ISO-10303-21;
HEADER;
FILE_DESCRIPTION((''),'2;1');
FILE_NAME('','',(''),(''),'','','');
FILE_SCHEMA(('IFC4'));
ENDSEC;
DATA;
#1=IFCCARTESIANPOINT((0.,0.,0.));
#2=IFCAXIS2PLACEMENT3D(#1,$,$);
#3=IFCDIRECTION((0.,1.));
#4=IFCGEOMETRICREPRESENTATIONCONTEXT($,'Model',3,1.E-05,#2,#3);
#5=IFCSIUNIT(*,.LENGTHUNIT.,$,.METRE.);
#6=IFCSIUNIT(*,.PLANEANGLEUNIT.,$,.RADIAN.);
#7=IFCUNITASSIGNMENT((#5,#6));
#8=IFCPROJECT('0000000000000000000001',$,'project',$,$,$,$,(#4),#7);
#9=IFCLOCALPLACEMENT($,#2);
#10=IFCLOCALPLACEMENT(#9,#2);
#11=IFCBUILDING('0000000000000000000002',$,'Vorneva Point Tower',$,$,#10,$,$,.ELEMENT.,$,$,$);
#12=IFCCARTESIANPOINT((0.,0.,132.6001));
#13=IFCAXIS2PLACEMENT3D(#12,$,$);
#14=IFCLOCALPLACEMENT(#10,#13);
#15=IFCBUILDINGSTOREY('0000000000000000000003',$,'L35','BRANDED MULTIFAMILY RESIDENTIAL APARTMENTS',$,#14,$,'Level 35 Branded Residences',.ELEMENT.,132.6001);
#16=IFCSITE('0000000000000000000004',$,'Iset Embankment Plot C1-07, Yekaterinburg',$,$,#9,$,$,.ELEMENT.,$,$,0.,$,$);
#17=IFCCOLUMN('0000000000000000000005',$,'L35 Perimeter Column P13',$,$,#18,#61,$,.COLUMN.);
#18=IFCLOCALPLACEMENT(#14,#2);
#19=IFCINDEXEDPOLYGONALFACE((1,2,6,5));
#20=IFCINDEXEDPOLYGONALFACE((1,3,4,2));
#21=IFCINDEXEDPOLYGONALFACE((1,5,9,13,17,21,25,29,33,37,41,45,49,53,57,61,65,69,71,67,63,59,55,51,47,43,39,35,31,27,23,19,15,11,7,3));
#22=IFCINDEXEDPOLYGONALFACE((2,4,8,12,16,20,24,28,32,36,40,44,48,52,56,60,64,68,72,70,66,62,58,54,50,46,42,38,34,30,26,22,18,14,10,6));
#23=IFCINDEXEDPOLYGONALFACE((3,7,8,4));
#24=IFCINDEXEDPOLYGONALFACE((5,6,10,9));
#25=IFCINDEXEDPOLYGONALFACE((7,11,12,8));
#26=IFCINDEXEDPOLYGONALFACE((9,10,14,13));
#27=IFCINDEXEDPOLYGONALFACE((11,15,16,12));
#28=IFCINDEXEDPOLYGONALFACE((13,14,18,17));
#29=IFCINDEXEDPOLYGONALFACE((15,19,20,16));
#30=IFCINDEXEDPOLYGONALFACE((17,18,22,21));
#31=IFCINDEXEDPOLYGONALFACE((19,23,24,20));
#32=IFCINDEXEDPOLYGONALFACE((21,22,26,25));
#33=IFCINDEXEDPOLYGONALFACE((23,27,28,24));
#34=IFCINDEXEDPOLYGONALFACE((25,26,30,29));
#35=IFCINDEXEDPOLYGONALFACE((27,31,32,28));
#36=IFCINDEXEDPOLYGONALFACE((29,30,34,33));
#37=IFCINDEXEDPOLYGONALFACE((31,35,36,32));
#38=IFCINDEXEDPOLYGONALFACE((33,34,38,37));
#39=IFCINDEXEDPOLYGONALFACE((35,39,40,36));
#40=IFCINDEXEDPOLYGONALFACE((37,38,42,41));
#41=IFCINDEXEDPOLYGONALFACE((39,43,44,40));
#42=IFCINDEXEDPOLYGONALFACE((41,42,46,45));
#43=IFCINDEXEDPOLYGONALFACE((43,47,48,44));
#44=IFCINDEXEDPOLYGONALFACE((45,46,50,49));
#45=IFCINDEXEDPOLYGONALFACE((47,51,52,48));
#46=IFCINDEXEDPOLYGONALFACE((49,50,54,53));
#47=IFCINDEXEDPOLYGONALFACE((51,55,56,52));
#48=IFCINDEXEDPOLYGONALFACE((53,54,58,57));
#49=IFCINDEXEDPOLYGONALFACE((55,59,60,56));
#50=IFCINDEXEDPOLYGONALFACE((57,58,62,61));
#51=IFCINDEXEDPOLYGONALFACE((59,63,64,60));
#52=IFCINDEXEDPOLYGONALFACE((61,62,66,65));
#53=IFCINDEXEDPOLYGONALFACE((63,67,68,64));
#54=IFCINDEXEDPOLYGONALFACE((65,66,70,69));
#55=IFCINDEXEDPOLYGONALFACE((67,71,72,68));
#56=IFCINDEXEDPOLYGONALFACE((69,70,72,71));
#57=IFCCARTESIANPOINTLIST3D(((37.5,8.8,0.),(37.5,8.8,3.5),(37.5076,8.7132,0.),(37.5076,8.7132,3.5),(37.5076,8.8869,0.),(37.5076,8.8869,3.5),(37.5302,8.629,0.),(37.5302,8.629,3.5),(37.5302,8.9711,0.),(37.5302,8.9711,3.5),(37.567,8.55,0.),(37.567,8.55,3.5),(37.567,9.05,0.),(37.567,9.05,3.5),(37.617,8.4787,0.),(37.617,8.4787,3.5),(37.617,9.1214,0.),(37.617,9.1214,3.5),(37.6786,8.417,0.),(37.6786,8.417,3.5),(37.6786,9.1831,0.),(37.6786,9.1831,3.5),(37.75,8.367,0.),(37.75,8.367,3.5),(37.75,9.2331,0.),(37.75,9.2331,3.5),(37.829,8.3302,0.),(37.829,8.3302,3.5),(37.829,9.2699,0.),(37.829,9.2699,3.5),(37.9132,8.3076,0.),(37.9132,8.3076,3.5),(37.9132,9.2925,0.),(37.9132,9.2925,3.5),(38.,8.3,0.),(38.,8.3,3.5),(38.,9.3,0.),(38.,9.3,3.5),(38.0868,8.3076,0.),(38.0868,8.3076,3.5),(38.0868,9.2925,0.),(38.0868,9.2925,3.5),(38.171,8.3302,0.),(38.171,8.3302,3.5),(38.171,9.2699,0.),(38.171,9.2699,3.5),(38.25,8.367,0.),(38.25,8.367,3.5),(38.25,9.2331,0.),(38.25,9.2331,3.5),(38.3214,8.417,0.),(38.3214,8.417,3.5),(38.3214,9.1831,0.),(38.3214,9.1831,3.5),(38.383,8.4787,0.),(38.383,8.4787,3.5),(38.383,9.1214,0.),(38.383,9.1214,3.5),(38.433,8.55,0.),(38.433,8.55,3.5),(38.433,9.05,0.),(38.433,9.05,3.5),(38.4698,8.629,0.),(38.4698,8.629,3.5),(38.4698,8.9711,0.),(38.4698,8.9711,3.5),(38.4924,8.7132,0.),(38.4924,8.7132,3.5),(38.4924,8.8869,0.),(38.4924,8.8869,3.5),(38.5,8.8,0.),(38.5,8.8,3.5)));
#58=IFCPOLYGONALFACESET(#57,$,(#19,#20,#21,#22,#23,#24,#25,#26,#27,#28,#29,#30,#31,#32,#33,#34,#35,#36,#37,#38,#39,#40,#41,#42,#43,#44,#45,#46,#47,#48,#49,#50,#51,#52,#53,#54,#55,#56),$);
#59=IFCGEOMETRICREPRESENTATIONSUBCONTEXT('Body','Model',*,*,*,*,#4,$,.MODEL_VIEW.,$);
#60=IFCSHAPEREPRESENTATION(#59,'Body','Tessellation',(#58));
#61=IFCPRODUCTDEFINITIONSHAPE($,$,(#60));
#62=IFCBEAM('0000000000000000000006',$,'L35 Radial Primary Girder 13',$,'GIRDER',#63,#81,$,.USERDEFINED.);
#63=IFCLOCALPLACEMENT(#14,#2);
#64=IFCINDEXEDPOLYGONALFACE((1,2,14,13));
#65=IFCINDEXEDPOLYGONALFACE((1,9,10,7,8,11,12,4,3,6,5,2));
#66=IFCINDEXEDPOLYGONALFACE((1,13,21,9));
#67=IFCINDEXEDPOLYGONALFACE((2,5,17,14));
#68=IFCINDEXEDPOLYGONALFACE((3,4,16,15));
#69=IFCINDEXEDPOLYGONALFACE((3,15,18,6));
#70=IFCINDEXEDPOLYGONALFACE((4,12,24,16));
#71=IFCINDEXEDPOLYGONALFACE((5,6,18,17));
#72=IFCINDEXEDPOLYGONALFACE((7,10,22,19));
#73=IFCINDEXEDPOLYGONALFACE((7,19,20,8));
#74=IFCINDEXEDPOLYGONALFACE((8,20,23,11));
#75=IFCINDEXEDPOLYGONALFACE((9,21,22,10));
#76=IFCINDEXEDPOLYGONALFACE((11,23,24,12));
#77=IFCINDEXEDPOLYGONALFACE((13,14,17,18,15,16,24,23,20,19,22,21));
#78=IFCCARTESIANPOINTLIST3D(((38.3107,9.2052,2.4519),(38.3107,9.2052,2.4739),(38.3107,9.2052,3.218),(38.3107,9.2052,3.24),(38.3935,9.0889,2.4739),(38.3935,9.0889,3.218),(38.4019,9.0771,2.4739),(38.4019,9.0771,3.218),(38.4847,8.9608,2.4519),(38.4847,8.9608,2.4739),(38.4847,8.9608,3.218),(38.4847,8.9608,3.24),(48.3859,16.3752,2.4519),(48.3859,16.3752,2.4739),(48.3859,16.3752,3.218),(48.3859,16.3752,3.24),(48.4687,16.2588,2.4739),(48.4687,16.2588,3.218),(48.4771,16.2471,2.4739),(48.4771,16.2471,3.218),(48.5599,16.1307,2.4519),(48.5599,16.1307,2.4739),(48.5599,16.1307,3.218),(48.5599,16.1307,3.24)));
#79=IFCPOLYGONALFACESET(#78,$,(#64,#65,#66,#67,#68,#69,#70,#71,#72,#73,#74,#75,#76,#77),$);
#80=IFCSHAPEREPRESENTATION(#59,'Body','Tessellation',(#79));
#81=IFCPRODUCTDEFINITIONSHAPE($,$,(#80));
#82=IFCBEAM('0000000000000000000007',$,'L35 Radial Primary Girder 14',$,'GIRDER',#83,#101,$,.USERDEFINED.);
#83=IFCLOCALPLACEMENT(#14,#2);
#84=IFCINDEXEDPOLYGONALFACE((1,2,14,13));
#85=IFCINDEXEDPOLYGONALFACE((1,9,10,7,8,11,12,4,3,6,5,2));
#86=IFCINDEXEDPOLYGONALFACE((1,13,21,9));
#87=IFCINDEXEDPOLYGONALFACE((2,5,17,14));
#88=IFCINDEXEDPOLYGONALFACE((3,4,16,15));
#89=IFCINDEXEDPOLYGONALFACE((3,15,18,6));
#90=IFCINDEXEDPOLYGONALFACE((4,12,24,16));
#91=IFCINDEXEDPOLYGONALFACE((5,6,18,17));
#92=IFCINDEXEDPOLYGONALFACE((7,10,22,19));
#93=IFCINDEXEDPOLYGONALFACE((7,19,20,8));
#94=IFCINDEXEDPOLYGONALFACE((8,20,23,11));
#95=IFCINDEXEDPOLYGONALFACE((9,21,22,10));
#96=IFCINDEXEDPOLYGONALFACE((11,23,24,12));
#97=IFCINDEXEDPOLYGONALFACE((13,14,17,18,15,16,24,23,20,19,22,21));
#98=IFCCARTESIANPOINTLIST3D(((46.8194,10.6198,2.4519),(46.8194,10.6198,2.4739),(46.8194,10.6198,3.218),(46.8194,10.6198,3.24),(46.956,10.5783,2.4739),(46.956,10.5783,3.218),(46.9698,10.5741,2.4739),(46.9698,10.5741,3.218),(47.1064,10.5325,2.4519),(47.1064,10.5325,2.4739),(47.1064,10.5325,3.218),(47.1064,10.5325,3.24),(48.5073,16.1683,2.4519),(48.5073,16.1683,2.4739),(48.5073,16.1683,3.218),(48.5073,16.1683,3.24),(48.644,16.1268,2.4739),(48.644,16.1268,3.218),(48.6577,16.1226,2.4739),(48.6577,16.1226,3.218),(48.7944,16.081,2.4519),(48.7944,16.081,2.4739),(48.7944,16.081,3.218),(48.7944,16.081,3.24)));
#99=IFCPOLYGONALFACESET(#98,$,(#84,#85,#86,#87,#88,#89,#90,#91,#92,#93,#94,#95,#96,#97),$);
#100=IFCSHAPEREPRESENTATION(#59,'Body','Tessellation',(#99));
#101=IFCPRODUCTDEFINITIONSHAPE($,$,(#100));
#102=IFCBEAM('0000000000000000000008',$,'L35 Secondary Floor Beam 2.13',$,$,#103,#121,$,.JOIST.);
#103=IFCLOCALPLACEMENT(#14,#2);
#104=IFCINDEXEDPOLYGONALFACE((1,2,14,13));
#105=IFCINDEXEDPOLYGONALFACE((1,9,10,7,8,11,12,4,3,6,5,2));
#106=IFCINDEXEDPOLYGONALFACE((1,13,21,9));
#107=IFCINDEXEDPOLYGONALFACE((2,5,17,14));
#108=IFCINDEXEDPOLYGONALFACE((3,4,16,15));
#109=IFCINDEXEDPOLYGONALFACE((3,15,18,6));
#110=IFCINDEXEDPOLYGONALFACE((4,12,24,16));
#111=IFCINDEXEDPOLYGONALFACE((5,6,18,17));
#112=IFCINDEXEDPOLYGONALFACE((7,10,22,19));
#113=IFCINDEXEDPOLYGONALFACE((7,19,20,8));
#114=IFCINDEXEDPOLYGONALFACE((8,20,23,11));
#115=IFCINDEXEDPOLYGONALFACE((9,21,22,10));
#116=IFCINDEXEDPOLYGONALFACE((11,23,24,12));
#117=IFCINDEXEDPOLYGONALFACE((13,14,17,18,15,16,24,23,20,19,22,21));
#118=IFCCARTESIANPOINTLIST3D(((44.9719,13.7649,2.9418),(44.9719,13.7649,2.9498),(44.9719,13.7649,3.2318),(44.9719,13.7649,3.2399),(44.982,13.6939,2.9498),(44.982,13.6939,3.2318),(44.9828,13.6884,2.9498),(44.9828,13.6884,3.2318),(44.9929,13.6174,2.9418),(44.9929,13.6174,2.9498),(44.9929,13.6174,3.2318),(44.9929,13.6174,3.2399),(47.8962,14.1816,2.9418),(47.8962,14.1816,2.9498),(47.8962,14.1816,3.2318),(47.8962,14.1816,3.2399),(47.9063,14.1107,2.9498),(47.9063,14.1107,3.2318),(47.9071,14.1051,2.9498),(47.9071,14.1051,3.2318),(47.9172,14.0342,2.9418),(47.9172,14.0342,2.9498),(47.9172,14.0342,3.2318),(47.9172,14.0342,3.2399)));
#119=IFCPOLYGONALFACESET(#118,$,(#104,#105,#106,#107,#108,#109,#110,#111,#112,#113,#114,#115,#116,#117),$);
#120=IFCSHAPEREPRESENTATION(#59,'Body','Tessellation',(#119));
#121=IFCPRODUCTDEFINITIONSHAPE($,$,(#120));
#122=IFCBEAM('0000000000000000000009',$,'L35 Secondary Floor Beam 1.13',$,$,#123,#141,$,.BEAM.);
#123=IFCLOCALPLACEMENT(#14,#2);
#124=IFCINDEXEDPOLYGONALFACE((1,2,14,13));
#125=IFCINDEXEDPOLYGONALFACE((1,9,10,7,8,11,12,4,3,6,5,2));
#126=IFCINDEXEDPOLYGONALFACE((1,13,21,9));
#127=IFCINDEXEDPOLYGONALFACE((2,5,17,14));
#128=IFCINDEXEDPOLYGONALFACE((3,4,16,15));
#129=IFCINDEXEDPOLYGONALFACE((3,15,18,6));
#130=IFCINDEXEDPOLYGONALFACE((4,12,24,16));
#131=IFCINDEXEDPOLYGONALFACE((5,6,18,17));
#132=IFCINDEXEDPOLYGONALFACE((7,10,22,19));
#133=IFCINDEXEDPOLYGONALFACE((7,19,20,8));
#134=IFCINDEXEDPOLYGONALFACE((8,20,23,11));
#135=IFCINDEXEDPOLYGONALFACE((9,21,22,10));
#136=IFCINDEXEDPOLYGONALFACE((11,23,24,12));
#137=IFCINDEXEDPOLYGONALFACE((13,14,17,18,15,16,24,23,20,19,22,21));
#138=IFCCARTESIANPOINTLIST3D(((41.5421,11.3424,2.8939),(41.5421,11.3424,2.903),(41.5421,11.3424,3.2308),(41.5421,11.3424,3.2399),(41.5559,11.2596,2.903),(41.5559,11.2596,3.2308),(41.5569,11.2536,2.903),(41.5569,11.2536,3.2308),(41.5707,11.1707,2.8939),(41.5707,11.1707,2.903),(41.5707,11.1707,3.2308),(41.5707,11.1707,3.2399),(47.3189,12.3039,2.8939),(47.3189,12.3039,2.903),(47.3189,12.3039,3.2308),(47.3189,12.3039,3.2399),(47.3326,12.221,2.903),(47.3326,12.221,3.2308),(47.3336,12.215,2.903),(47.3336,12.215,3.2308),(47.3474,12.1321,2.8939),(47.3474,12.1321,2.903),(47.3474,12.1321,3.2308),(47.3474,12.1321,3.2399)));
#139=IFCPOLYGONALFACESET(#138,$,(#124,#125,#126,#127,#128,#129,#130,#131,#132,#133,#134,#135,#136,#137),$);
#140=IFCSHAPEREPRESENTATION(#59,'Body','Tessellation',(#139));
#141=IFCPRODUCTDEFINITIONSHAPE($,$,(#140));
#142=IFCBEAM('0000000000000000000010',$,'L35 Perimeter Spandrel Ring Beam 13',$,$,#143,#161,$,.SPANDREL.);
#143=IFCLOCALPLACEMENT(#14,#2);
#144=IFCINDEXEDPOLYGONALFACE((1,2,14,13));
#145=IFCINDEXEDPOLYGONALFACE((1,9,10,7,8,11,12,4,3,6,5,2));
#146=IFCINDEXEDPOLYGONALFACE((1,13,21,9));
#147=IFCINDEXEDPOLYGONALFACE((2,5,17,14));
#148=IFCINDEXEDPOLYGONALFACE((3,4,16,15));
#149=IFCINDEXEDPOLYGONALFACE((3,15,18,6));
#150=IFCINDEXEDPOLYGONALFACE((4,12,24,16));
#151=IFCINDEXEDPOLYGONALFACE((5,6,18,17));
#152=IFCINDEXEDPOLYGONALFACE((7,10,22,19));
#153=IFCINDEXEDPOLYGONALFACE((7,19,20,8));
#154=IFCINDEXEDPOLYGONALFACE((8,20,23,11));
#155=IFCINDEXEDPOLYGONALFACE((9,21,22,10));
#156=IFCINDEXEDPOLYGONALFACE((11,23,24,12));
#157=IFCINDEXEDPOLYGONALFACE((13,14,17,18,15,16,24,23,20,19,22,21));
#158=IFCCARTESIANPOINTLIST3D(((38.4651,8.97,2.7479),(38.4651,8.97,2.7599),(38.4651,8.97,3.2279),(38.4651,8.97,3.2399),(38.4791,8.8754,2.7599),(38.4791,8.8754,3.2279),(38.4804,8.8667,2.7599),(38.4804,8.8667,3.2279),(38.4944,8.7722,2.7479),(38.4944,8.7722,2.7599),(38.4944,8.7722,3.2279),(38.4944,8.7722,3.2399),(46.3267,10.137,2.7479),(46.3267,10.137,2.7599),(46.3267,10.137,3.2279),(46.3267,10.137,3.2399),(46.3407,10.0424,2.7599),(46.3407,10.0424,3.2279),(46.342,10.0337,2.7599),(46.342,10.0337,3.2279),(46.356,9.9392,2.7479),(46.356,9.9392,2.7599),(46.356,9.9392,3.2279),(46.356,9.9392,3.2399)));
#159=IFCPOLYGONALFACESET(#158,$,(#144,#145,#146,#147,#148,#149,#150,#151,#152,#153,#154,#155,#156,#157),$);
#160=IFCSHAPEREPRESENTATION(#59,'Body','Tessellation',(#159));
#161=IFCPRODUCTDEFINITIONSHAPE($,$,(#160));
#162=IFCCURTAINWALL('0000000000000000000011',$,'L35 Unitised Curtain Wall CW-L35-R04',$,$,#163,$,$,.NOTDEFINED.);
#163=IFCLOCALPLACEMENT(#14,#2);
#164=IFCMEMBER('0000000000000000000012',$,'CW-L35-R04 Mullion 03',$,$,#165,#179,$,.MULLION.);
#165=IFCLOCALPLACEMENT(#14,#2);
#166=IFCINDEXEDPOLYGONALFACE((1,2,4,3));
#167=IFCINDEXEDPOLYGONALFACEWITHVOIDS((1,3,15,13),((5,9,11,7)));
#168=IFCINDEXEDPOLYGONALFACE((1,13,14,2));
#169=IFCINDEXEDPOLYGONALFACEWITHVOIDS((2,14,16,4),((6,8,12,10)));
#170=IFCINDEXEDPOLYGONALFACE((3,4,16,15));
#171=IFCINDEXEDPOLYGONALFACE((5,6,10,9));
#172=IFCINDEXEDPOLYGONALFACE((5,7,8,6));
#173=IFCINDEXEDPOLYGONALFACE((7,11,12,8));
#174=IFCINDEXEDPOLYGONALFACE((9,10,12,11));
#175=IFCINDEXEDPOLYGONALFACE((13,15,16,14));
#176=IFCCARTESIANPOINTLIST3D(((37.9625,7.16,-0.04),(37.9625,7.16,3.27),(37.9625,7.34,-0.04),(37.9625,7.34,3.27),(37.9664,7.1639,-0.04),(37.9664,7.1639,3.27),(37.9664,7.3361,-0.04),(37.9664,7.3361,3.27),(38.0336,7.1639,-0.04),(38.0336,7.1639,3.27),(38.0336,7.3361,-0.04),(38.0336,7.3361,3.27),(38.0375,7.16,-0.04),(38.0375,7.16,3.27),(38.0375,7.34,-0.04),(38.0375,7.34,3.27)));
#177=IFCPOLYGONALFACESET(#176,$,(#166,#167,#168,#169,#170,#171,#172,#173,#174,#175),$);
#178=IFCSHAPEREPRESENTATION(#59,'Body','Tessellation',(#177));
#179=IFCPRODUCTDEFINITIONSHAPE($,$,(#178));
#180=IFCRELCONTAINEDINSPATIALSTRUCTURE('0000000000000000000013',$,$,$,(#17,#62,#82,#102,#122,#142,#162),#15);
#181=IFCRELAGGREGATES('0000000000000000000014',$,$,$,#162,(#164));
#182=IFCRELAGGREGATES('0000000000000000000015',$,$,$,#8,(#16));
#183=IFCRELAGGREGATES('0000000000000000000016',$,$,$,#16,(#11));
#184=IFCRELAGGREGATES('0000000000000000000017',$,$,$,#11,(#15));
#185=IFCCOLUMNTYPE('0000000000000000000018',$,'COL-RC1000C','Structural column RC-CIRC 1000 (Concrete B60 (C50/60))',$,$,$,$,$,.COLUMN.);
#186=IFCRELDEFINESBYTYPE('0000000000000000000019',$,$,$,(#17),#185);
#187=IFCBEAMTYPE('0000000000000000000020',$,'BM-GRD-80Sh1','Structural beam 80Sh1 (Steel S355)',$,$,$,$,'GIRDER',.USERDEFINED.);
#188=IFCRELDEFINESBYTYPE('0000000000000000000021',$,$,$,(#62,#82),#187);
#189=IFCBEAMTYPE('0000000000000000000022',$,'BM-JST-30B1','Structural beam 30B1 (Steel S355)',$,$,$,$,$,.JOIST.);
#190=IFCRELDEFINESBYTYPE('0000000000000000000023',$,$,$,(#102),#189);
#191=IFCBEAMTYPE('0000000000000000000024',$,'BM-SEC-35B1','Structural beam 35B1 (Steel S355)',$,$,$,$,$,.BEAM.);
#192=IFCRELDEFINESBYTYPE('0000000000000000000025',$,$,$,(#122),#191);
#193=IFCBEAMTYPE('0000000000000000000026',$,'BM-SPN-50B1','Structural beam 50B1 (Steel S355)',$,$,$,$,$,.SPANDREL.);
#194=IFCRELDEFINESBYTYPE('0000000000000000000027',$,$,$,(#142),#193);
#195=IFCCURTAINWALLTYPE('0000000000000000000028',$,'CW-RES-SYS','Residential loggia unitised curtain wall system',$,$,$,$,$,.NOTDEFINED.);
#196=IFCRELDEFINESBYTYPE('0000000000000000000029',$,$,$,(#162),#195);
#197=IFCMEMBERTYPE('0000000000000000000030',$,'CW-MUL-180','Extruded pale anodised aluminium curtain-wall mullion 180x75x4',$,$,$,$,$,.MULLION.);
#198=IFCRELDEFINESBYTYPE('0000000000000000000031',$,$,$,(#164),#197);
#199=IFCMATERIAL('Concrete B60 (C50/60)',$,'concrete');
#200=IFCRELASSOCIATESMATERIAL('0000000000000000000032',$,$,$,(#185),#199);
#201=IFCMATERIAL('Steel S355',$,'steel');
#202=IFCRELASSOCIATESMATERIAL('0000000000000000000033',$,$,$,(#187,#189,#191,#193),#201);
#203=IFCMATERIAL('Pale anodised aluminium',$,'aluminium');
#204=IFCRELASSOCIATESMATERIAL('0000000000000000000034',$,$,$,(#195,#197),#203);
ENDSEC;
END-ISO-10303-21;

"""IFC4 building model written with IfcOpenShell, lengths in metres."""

from ifc_helpers import new_model, si_unit, direction, frame, origin, origin_2d, place, context, subcontext, project, spatial, hollow_rectangle, circle, i_section, extrude, material, material_profile, profile_set, type_object, element, aggregate, save


model = new_model("IFC4")

# Units and contexts
model_context = context("Model", 3, precision=1e-05, world=origin(), true_north=direction((0.0, 1.0)))
body_context = subcontext(model_context, "Body", "Model", "MODEL_VIEW")
ifc_project = project(units=[si_unit("LENGTHUNIT", "METRE"), si_unit("PLANEANGLEUNIT", "RADIAN")], contexts=[model_context])

# Site, building, storey
site_placement = place(None, origin())
site = spatial("IfcSite", under=ifc_project, at=site_placement, Name="Iset Embankment Plot C1-07, Yekaterinburg", CompositionType="ELEMENT", RefElevation=0.0)
building_placement = place(site_placement, origin())
building = spatial("IfcBuilding", under=site, at=building_placement, Name="Vorneva Point Tower", CompositionType="ELEMENT")
storey_placement = place(building_placement, frame((0.0, 0.0, 132.6001)))
storey = spatial("IfcBuildingStorey", under=building, at=storey_placement, Name="L35", Description="BRANDED MULTIFAMILY RESIDENTIAL APARTMENTS", LongName="Level 35 Branded Residences", CompositionType="ELEMENT", Elevation=132.6001)

# Column
ifc_material_1 = material(Name="Concrete B60 (C50/60)", Category="concrete")
ifc_material_profile_1 = material_profile(ifc_material_1, circle(Radius=0.5, at=origin_2d()), Name="RC-CIRC 1000")
ifc_profile_set_1 = profile_set([ifc_material_profile_1], Name="Concrete B60 (C50/60)")
column_type = type_object("IfcColumnType", Name="COL-RC1000C", Description="Structural column RC-CIRC 1000 (Concrete B60 (C50/60))", PredefinedType="COLUMN", material=ifc_profile_set_1)
for number, where, z_axis, x_axis, name in (
    (1, (38.0, 8.8, 0.0), (0.0, 0.0, 1.0), (0.0, -1.0, 0.0), "L35 Perimeter Column P13"),
):
    element("IfcColumn", number, at=place(storey_placement, frame(where, z_axis=z_axis, x_axis=x_axis)), inside=storey, type_object=column_type, Name=name, PredefinedType="COLUMN", context=body_context, shape_type="SweptSolid", body=[
        extrude(circle(Radius=0.5, at=origin_2d()), origin(), (0.0, 0.0, 1.0), 3.5),
    ])

# Beams
ifc_material_2 = material(Name="Steel S355", Category="steel")
ifc_material_profile_2 = material_profile(ifc_material_2, i_section(OverallWidth=0.3, OverallDepth=0.7881, WebThickness=0.0144, FlangeThickness=0.022, at=origin_2d()), Name="80Sh1")
ifc_profile_set_2 = profile_set([ifc_material_profile_2], Name="Steel S355")
beam_type_1 = type_object("IfcBeamType", Name="BM-GRD-80Sh1", Description="Structural beam 80Sh1 (Steel S355)", ElementType="GIRDER", PredefinedType="USERDEFINED", material=ifc_profile_set_2)
beam_1_placement = place(storey_placement, frame((38.3977, 9.083, 2.8459), z_axis=(0.814751, 0.57981, 0.0), x_axis=(-0.57981, 0.814751, 0.0)))
element("IfcBeam", 2, at=beam_1_placement, inside=storey, type_object=beam_type_1, Name="L35 Radial Primary Girder 13", ObjectType="GIRDER", PredefinedType="USERDEFINED", context=body_context, shape_type="SweptSolid", body=[
    extrude(i_section(OverallWidth=0.3, OverallDepth=0.7881, WebThickness=0.0144, FlangeThickness=0.022, at=origin_2d()), origin(), (0.0, 0.0, 1.0), 12.366),
])
beam_2_placement = place(storey_placement, frame((46.9629, 10.5762, 2.8459), z_axis=(0.291049, 0.956708, 0.0), x_axis=(-0.956708, 0.291049, 0.0)))
element("IfcBeam", 3, at=beam_2_placement, inside=storey, type_object=beam_type_1, Name="L35 Radial Primary Girder 14", ObjectType="GIRDER", PredefinedType="USERDEFINED", context=body_context, shape_type="SweptSolid", body=[
    extrude(i_section(OverallWidth=0.3, OverallDepth=0.7881, WebThickness=0.0144, FlangeThickness=0.022, at=origin_2d()), origin(), (0.0, 0.0, 1.0), 5.7996),
])
ifc_material_profile_3 = material_profile(ifc_material_2, i_section(OverallWidth=0.1489, OverallDepth=0.2981, WebThickness=0.0056, FlangeThickness=0.0081, at=origin_2d()), Name="30B1")
ifc_profile_set_3 = profile_set([ifc_material_profile_3], Name="Steel S355")
beam_type_2 = type_object("IfcBeamType", Name="BM-JST-30B1", Description="Structural beam 30B1 (Steel S355)", PredefinedType="JOIST", material=ifc_profile_set_3)
beam_3_placement = place(storey_placement, frame((44.9824, 13.6912, 3.0908), z_axis=(0.989997, 0.141086, 0.0), x_axis=(-0.141086, 0.989997, 0.0)))
element("IfcBeam", 4, at=beam_3_placement, inside=storey, type_object=beam_type_2, Name="L35 Secondary Floor Beam 2.13", PredefinedType="JOIST", context=body_context, shape_type="SweptSolid", body=[
    extrude(i_section(OverallWidth=0.1489, OverallDepth=0.2981, WebThickness=0.0056, FlangeThickness=0.0081, at=origin_2d()), origin(), (0.0, 0.0, 1.0), 2.9539),
])
ifc_material_profile_4 = material_profile(ifc_material_2, i_section(OverallWidth=0.1741, OverallDepth=0.3459, WebThickness=0.0061, FlangeThickness=0.009, at=origin_2d()), Name="35B1")
ifc_profile_set_4 = profile_set([ifc_material_profile_4], Name="Steel S355")
beam_type_3 = type_object("IfcBeamType", Name="BM-SEC-35B1", Description="Structural beam 35B1 (Steel S355)", PredefinedType="BEAM", material=ifc_profile_set_4)
beam_4_placement = place(storey_placement, frame((41.5564, 11.2566, 3.0669), z_axis=(0.986432, 0.164169, 0.0), x_axis=(-0.164169, 0.986432, 0.0)))
element("IfcBeam", 5, at=beam_4_placement, inside=storey, type_object=beam_type_3, Name="L35 Secondary Floor Beam 1.13", PredefinedType="BEAM", context=body_context, shape_type="SweptSolid", body=[
    extrude(i_section(OverallWidth=0.1741, OverallDepth=0.3459, WebThickness=0.0061, FlangeThickness=0.009, at=origin_2d()), origin(), (0.0, 0.0, 1.0), 5.8562),
])
ifc_material_profile_5 = material_profile(ifc_material_2, i_section(OverallWidth=0.2, OverallDepth=0.4919, WebThickness=0.0088, FlangeThickness=0.012, at=origin_2d()), Name="50B1")
ifc_profile_set_5 = profile_set([ifc_material_profile_5], Name="Steel S355")
beam_type_4 = type_object("IfcBeamType", Name="BM-SPN-50B1", Description="Structural beam 50B1 (Steel S355)", PredefinedType="SPANDREL", material=ifc_profile_set_5)
beam_5_placement = place(storey_placement, frame((38.4797, 8.8711, 2.9939), z_axis=(0.989161, 0.146834, 0.0), x_axis=(-0.146834, 0.989161, 0.0)))
element("IfcBeam", 6, at=beam_5_placement, inside=storey, type_object=beam_type_4, Name="L35 Perimeter Spandrel Ring Beam 13", PredefinedType="SPANDREL", context=body_context, shape_type="SweptSolid", body=[
    extrude(i_section(OverallWidth=0.2, OverallDepth=0.4919, WebThickness=0.0088, FlangeThickness=0.012, at=origin_2d()), origin(), (0.0, 0.0, 1.0), 7.9478),
])

# Curtain wall, member
ifc_material_3 = material(Name="Pale anodised aluminium", Category="aluminium")
curtain_wall_type = type_object("IfcCurtainWallType", Name="CW-RES-SYS", Description="Residential loggia unitised curtain wall system", PredefinedType="NOTDEFINED", material=ifc_material_3)
curtain_wall_placement = place(storey_placement, origin())
curtain_wall = element("IfcCurtainWall", 7, at=curtain_wall_placement, inside=storey, type_object=curtain_wall_type, Name="L35 Unitised Curtain Wall CW-L35-R04", PredefinedType="NOTDEFINED")
ifc_material_profile_6 = material_profile(ifc_material_3, hollow_rectangle(XDim=0.075, YDim=0.1799, WallThickness=0.0039, at=origin_2d()), Name="AL-MUL 180x75x4")
ifc_profile_set_6 = profile_set([ifc_material_profile_6], Name="Pale anodised aluminium")
member_type_1 = type_object("IfcMemberType", Name="CW-MUL-180", Description="Extruded pale anodised aluminium curtain-wall mullion 180x75x4", PredefinedType="MULLION", material=ifc_profile_set_6)
member_1_placement = place(storey_placement, frame((38.0, 7.25, -0.04), z_axis=(0.0, 0.0, 1.0), x_axis=(1.0, 0.0, 0.0)))
member_1 = element("IfcMember", 8, at=member_1_placement, type_object=member_type_1, Name="CW-L35-R04 Mullion 03", PredefinedType="MULLION", context=body_context, shape_type="SweptSolid", body=[
    extrude(hollow_rectangle(XDim=0.075, YDim=0.1799, WallThickness=0.0039, at=origin_2d()), origin(), (0.0, 0.0, 1.0), 3.3101),
])
aggregate(curtain_wall, [member_1])

save(model, "model.ifc")
